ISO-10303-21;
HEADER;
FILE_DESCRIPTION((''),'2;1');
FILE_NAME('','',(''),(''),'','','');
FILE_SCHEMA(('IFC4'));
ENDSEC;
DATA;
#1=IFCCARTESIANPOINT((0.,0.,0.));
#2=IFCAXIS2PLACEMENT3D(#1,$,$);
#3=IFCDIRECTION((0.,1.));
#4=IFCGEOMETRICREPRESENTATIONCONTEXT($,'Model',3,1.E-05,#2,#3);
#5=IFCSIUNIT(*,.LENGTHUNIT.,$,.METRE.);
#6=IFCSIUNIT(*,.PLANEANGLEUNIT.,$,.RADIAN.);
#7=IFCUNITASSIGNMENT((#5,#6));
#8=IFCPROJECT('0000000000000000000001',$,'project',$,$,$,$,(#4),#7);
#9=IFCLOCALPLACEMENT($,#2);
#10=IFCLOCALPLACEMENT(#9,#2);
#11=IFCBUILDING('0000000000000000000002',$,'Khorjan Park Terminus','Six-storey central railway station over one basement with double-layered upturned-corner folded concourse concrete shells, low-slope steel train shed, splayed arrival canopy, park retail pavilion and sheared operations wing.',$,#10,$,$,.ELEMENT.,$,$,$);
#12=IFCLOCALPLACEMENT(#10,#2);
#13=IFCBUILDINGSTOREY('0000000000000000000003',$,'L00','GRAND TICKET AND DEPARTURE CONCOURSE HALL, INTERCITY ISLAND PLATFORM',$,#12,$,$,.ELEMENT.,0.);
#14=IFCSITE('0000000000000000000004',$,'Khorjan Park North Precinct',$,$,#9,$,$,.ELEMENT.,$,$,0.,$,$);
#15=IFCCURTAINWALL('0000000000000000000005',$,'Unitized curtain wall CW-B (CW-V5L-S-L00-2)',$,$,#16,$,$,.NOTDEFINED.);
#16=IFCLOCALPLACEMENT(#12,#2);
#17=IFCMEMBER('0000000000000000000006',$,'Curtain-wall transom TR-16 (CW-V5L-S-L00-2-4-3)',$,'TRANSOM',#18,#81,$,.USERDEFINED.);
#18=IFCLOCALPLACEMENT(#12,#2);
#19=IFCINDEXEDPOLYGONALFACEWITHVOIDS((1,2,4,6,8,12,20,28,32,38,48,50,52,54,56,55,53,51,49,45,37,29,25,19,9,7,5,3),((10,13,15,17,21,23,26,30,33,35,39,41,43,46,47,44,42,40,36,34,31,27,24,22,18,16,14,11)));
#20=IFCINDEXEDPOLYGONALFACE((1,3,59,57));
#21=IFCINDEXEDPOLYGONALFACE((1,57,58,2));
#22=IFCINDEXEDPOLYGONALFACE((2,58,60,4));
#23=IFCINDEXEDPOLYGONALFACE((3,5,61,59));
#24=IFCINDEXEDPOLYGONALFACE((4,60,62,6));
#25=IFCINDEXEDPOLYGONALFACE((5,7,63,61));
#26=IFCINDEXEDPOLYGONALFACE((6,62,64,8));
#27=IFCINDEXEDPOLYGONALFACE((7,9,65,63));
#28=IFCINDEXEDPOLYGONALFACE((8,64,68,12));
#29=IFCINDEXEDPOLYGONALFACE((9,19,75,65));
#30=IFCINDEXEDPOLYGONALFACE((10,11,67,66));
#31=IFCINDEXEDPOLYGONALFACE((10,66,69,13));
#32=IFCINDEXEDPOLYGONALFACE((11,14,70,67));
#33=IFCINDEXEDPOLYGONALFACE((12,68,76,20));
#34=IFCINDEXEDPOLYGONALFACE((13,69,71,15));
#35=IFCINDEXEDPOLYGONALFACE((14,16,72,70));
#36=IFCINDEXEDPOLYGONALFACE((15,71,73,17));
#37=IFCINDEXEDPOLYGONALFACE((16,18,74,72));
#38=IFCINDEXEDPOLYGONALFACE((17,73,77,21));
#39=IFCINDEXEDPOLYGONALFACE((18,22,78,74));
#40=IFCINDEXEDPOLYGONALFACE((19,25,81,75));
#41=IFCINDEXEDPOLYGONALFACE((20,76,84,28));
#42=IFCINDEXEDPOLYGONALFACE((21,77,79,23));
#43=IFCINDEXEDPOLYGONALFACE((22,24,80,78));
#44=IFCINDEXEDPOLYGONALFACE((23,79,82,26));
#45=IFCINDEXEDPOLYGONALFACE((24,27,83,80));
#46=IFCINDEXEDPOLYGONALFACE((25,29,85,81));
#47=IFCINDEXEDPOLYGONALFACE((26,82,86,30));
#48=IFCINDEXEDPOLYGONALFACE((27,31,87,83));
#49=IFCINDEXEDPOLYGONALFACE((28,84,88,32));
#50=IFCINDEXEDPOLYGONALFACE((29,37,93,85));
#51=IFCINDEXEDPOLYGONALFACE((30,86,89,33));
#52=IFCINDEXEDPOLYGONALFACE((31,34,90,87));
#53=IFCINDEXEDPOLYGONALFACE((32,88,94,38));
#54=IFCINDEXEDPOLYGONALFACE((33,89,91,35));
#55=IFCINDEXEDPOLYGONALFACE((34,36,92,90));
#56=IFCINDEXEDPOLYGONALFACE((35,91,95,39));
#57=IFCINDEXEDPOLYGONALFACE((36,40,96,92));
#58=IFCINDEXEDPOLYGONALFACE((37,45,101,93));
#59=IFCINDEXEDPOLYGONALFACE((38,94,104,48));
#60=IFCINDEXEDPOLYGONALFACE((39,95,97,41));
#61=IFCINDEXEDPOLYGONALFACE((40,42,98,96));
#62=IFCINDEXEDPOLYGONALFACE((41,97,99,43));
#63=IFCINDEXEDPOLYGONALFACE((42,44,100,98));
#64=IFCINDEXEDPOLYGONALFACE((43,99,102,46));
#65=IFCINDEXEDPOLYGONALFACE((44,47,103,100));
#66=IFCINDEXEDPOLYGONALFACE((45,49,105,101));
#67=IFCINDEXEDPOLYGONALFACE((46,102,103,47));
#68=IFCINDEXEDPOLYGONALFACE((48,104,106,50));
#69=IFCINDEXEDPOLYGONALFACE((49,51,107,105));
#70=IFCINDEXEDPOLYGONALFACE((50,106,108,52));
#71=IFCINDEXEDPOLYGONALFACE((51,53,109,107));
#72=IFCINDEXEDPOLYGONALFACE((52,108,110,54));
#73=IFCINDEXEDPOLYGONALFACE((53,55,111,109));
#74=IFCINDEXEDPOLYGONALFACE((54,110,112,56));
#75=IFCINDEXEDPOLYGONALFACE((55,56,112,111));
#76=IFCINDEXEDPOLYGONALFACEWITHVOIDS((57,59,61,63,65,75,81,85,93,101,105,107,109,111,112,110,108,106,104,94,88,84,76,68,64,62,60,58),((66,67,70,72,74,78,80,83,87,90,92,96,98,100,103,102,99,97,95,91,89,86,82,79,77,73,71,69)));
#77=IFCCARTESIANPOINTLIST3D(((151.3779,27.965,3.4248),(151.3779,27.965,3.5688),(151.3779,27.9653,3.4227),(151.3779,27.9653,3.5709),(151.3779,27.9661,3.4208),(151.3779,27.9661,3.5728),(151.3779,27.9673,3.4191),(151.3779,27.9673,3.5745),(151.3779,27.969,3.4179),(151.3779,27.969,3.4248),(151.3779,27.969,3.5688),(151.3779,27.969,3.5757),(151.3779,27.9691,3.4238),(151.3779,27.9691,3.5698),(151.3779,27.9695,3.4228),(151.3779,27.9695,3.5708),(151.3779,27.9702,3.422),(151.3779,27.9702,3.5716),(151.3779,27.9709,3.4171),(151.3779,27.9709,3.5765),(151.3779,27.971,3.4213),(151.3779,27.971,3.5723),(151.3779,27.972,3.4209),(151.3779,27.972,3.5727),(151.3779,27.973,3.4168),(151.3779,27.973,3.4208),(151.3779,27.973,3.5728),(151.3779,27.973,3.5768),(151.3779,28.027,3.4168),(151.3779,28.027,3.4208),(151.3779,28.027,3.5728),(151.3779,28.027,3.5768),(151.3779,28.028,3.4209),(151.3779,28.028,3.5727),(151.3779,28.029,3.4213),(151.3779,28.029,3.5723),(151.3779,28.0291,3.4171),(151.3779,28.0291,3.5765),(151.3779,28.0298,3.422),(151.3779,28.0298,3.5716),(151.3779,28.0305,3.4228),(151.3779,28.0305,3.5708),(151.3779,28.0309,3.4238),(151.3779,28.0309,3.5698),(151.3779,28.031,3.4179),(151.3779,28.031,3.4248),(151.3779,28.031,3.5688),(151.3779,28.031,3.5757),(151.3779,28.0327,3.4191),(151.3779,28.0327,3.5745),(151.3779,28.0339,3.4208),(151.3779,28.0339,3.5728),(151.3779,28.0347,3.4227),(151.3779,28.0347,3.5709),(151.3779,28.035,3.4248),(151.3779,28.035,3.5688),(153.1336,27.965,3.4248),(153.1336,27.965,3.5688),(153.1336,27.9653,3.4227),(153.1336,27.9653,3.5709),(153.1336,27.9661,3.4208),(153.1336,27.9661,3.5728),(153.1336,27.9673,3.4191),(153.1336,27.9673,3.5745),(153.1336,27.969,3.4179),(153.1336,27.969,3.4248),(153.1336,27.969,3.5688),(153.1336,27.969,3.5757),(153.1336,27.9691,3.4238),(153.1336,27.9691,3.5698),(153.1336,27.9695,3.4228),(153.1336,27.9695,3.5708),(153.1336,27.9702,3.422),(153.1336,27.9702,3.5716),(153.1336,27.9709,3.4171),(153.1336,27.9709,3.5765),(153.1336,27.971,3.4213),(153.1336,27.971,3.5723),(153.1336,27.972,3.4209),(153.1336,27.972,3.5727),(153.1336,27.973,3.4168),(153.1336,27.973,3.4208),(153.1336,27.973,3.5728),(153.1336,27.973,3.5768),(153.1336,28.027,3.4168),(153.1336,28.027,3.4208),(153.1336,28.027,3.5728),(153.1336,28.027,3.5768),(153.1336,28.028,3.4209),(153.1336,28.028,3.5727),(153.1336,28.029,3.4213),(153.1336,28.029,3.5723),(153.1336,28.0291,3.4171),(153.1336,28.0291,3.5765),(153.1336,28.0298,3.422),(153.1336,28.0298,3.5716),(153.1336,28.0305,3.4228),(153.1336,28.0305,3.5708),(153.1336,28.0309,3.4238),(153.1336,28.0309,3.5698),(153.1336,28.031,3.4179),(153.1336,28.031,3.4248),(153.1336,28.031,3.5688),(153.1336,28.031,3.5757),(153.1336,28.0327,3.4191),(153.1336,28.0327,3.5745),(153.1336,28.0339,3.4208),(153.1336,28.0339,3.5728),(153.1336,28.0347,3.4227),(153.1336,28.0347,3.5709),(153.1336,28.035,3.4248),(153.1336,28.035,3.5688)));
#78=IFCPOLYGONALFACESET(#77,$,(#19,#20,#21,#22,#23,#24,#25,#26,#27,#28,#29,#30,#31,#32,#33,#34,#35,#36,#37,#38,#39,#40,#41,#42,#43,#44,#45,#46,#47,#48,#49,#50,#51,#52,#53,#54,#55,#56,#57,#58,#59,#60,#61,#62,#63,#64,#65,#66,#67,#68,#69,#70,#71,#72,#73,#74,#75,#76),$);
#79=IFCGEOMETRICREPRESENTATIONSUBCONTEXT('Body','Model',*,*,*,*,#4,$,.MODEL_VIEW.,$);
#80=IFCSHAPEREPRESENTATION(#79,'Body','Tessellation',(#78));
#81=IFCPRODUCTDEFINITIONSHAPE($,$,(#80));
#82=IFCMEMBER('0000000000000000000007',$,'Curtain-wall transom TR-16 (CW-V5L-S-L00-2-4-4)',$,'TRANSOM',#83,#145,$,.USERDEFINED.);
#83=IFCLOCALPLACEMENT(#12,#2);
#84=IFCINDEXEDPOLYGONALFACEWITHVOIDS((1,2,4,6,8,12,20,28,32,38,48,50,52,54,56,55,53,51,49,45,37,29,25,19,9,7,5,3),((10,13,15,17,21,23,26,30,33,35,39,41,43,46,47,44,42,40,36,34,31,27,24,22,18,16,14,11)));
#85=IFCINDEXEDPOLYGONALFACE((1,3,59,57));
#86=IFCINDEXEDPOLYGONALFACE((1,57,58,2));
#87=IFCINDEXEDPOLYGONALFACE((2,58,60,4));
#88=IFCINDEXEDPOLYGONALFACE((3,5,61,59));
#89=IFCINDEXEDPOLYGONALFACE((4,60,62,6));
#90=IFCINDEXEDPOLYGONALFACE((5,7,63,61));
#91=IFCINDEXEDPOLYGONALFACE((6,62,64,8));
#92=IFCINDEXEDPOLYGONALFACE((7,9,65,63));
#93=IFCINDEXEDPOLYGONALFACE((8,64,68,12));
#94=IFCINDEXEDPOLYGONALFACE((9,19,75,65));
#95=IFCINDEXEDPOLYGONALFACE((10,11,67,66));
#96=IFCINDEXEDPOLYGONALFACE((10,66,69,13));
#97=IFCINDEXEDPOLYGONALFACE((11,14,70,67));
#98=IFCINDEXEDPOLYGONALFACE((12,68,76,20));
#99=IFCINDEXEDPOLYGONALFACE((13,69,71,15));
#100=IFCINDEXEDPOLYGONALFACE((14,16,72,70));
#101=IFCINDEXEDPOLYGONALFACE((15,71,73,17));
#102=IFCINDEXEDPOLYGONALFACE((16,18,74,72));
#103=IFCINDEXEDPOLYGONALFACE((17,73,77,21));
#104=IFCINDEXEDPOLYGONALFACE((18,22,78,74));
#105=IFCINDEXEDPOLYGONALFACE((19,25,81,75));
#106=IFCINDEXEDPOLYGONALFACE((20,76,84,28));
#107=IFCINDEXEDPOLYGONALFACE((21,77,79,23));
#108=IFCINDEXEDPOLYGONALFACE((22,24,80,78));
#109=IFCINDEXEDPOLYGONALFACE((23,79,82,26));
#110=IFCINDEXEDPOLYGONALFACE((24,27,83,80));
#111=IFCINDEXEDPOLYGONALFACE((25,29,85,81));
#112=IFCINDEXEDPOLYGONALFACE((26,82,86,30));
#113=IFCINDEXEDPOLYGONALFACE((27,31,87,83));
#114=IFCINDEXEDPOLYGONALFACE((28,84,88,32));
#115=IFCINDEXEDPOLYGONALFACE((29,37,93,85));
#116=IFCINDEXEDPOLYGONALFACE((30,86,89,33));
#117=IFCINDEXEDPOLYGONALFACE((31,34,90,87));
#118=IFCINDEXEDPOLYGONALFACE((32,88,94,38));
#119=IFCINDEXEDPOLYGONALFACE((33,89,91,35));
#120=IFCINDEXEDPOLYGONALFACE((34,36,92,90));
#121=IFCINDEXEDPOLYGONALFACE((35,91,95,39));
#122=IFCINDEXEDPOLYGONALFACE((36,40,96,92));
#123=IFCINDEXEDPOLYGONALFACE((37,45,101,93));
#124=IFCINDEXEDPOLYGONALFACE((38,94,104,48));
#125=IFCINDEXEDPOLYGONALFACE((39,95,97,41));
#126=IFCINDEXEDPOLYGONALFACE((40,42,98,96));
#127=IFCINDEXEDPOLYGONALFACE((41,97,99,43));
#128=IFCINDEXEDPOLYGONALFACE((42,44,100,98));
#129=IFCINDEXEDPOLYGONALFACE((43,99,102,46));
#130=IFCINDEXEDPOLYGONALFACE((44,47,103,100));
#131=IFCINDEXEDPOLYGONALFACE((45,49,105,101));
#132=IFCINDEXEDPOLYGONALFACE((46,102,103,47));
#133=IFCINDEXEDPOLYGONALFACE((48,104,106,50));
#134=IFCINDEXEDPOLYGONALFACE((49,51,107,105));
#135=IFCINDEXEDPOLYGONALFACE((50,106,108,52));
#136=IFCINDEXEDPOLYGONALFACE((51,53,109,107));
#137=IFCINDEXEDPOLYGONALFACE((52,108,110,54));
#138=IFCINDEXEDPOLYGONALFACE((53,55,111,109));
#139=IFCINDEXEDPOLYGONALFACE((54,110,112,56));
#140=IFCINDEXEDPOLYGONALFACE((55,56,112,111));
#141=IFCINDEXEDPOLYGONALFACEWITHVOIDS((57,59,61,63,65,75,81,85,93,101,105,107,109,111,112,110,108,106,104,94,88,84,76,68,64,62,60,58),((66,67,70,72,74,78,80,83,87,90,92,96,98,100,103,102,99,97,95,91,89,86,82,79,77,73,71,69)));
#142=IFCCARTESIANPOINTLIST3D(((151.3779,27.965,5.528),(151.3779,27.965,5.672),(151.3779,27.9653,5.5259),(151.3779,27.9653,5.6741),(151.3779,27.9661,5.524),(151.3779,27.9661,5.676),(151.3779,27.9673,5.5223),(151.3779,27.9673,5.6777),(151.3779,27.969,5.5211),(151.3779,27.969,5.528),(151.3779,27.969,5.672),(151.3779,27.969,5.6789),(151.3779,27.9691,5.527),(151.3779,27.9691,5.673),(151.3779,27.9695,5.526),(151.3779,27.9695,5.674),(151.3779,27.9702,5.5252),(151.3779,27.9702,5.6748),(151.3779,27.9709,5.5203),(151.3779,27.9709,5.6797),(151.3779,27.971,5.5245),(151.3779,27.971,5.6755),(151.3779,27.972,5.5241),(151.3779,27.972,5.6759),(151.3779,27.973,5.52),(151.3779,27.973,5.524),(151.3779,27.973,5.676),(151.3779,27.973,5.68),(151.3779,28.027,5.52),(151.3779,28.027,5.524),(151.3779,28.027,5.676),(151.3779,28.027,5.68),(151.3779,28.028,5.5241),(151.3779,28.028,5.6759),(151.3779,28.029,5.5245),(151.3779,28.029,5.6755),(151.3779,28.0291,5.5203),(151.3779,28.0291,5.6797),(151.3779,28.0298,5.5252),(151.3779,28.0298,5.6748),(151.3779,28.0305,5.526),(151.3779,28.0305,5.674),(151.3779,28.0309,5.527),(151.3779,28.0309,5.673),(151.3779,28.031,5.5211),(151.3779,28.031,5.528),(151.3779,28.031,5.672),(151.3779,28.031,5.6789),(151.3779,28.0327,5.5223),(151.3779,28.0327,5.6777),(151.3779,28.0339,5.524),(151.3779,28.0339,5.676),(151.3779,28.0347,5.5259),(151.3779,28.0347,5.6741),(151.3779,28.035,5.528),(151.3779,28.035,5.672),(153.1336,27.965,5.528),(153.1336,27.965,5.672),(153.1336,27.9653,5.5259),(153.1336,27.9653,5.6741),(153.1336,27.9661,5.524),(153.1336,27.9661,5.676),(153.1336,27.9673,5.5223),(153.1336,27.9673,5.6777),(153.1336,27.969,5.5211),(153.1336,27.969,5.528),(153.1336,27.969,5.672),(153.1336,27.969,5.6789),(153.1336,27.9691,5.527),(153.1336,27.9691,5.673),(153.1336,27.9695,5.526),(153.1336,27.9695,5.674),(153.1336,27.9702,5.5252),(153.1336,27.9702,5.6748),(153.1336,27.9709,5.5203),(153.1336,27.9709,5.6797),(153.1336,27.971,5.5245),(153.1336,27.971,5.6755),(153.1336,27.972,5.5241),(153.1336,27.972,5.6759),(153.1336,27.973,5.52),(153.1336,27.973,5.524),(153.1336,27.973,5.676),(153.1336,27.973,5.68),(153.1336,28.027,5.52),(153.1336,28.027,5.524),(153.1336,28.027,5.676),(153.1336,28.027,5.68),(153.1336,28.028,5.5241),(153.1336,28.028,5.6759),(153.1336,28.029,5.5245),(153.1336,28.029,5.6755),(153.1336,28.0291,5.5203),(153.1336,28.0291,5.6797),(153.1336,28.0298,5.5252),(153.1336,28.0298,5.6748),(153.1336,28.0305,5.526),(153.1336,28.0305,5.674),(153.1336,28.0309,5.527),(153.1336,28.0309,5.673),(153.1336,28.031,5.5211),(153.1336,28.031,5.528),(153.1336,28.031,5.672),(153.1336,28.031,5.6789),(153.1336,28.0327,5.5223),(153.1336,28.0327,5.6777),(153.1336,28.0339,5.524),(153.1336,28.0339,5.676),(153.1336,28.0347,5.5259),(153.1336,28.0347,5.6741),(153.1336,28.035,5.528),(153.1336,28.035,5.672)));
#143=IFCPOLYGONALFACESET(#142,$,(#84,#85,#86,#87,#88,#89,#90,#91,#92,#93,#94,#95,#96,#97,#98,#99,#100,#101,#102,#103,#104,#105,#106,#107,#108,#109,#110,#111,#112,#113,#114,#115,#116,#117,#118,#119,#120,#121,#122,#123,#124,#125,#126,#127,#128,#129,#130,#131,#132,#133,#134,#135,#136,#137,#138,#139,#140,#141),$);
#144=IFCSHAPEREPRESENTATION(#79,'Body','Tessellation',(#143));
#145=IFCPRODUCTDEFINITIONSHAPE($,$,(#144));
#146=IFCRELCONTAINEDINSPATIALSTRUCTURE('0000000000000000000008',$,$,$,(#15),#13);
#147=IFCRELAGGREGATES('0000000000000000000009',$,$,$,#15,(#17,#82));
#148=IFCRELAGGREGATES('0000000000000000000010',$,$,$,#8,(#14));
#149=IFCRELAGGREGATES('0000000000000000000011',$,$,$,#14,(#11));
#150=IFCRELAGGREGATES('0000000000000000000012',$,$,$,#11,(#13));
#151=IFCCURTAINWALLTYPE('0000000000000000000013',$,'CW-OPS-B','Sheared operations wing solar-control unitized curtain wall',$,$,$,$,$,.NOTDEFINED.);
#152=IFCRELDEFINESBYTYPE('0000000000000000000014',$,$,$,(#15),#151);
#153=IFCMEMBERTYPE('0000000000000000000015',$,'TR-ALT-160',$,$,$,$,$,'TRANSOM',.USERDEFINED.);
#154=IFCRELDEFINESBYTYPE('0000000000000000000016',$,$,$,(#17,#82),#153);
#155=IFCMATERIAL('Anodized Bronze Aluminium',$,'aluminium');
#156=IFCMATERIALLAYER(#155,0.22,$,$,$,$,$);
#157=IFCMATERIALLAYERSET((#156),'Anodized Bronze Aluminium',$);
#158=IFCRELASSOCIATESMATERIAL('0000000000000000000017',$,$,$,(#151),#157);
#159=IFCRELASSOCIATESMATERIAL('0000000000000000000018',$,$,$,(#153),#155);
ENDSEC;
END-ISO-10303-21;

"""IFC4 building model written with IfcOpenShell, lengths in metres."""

from ifc_helpers import new_model, si_unit, direction, frame, origin, origin_2d, place, context, subcontext, project, spatial, hollow_rectangle, extrude, material, layer, layer_set, material_profile, profile_set, type_object, element, aggregate, save


model = new_model("IFC4")

# Units and contexts
model_context = context("Model", 3, precision=1e-05, world=origin(), true_north=direction((0.0, 1.0)))
body_context = subcontext(model_context, "Body", "Model", "MODEL_VIEW")
ifc_project = project(units=[si_unit("LENGTHUNIT", "METRE"), si_unit("PLANEANGLEUNIT", "RADIAN")], contexts=[model_context])

# Site, building, storey
site_placement = place(None, origin())
site = spatial("IfcSite", under=ifc_project, at=site_placement, Name="Khorjan Park North Precinct", CompositionType="ELEMENT", RefElevation=0.0)
building_placement = place(site_placement, origin())
building = spatial("IfcBuilding", under=site, at=building_placement, Name="Khorjan Park Terminus", Description="Six-storey central railway station over one basement with double-layered upturned-corner folded concourse concrete shells, low-slope steel train shed, splayed arrival canopy, park retail pavilion and sheared operations wing.", CompositionType="ELEMENT")
storey_placement = place(building_placement, origin())
storey = spatial("IfcBuildingStorey", under=building, at=storey_placement, Name="L00", Description="GRAND TICKET AND DEPARTURE CONCOURSE HALL, INTERCITY ISLAND PLATFORM", CompositionType="ELEMENT", Elevation=0.0)

# Curtain wall, members
ifc_material_1 = material(Name="Anodized Bronze Aluminium", Category="aluminium")
ifc_layer_1 = layer(ifc_material_1, 0.22)
ifc_layer_set_1 = layer_set([ifc_layer_1], Name="Anodized Bronze Aluminium")
curtain_wall_type = type_object("IfcCurtainWallType", Name="CW-OPS-B", Description="Sheared operations wing solar-control unitized curtain wall", PredefinedType="NOTDEFINED", material=ifc_layer_set_1)
curtain_wall_placement = place(storey_placement, origin())
curtain_wall = element("IfcCurtainWall", 1, at=curtain_wall_placement, inside=storey, type_object=curtain_wall_type, Name="Unitized curtain wall CW-B (CW-V5L-S-L00-2)", PredefinedType="NOTDEFINED")
ifc_material_profile_1 = material_profile(ifc_material_1, hollow_rectangle(XDim=0.07, YDim=0.16, WallThickness=0.004, InnerFilletRadius=0.004, OuterFilletRadius=0.008, at=origin_2d()), Name="ALT 70x160x4")
ifc_profile_set_1 = profile_set([ifc_material_profile_1], Name="Anodized Bronze Aluminium")
member_type_1 = type_object("IfcMemberType", Name="TR-ALT-160", ElementType="TRANSOM", PredefinedType="USERDEFINED", material=ifc_profile_set_1)
member_1_placement = place(storey_placement, frame((151.3779, 28.0, 3.4968), z_axis=(1.0, 0.0, 0.0), x_axis=(0.0, 1.0, 0.0)))
member_1 = element("IfcMember", 2, at=member_1_placement, type_object=member_type_1, Name="Curtain-wall transom TR-16 (CW-V5L-S-L00-2-4-3)", ObjectType="TRANSOM", PredefinedType="USERDEFINED", context=body_context, shape_type="SweptSolid", body=[
    extrude(hollow_rectangle(XDim=0.07, YDim=0.16, WallThickness=0.004, InnerFilletRadius=0.004, OuterFilletRadius=0.008, at=origin_2d()), origin(), (0.0, 0.0, 1.0), 1.7557),
])
member_2_placement = place(storey_placement, frame((151.3779, 28.0, 5.6), z_axis=(1.0, 0.0, 0.0), x_axis=(0.0, 1.0, 0.0)))
member_2 = element("IfcMember", 3, at=member_2_placement, type_object=member_type_1, Name="Curtain-wall transom TR-16 (CW-V5L-S-L00-2-4-4)", ObjectType="TRANSOM", PredefinedType="USERDEFINED", context=body_context, shape_type="SweptSolid", body=[
    extrude(hollow_rectangle(XDim=0.07, YDim=0.16, WallThickness=0.004, InnerFilletRadius=0.004, OuterFilletRadius=0.008, at=origin_2d()), origin(), (0.0, 0.0, 1.0), 1.7557),
])
aggregate(curtain_wall, [member_1, member_2])

save(model, "model.ifc")
